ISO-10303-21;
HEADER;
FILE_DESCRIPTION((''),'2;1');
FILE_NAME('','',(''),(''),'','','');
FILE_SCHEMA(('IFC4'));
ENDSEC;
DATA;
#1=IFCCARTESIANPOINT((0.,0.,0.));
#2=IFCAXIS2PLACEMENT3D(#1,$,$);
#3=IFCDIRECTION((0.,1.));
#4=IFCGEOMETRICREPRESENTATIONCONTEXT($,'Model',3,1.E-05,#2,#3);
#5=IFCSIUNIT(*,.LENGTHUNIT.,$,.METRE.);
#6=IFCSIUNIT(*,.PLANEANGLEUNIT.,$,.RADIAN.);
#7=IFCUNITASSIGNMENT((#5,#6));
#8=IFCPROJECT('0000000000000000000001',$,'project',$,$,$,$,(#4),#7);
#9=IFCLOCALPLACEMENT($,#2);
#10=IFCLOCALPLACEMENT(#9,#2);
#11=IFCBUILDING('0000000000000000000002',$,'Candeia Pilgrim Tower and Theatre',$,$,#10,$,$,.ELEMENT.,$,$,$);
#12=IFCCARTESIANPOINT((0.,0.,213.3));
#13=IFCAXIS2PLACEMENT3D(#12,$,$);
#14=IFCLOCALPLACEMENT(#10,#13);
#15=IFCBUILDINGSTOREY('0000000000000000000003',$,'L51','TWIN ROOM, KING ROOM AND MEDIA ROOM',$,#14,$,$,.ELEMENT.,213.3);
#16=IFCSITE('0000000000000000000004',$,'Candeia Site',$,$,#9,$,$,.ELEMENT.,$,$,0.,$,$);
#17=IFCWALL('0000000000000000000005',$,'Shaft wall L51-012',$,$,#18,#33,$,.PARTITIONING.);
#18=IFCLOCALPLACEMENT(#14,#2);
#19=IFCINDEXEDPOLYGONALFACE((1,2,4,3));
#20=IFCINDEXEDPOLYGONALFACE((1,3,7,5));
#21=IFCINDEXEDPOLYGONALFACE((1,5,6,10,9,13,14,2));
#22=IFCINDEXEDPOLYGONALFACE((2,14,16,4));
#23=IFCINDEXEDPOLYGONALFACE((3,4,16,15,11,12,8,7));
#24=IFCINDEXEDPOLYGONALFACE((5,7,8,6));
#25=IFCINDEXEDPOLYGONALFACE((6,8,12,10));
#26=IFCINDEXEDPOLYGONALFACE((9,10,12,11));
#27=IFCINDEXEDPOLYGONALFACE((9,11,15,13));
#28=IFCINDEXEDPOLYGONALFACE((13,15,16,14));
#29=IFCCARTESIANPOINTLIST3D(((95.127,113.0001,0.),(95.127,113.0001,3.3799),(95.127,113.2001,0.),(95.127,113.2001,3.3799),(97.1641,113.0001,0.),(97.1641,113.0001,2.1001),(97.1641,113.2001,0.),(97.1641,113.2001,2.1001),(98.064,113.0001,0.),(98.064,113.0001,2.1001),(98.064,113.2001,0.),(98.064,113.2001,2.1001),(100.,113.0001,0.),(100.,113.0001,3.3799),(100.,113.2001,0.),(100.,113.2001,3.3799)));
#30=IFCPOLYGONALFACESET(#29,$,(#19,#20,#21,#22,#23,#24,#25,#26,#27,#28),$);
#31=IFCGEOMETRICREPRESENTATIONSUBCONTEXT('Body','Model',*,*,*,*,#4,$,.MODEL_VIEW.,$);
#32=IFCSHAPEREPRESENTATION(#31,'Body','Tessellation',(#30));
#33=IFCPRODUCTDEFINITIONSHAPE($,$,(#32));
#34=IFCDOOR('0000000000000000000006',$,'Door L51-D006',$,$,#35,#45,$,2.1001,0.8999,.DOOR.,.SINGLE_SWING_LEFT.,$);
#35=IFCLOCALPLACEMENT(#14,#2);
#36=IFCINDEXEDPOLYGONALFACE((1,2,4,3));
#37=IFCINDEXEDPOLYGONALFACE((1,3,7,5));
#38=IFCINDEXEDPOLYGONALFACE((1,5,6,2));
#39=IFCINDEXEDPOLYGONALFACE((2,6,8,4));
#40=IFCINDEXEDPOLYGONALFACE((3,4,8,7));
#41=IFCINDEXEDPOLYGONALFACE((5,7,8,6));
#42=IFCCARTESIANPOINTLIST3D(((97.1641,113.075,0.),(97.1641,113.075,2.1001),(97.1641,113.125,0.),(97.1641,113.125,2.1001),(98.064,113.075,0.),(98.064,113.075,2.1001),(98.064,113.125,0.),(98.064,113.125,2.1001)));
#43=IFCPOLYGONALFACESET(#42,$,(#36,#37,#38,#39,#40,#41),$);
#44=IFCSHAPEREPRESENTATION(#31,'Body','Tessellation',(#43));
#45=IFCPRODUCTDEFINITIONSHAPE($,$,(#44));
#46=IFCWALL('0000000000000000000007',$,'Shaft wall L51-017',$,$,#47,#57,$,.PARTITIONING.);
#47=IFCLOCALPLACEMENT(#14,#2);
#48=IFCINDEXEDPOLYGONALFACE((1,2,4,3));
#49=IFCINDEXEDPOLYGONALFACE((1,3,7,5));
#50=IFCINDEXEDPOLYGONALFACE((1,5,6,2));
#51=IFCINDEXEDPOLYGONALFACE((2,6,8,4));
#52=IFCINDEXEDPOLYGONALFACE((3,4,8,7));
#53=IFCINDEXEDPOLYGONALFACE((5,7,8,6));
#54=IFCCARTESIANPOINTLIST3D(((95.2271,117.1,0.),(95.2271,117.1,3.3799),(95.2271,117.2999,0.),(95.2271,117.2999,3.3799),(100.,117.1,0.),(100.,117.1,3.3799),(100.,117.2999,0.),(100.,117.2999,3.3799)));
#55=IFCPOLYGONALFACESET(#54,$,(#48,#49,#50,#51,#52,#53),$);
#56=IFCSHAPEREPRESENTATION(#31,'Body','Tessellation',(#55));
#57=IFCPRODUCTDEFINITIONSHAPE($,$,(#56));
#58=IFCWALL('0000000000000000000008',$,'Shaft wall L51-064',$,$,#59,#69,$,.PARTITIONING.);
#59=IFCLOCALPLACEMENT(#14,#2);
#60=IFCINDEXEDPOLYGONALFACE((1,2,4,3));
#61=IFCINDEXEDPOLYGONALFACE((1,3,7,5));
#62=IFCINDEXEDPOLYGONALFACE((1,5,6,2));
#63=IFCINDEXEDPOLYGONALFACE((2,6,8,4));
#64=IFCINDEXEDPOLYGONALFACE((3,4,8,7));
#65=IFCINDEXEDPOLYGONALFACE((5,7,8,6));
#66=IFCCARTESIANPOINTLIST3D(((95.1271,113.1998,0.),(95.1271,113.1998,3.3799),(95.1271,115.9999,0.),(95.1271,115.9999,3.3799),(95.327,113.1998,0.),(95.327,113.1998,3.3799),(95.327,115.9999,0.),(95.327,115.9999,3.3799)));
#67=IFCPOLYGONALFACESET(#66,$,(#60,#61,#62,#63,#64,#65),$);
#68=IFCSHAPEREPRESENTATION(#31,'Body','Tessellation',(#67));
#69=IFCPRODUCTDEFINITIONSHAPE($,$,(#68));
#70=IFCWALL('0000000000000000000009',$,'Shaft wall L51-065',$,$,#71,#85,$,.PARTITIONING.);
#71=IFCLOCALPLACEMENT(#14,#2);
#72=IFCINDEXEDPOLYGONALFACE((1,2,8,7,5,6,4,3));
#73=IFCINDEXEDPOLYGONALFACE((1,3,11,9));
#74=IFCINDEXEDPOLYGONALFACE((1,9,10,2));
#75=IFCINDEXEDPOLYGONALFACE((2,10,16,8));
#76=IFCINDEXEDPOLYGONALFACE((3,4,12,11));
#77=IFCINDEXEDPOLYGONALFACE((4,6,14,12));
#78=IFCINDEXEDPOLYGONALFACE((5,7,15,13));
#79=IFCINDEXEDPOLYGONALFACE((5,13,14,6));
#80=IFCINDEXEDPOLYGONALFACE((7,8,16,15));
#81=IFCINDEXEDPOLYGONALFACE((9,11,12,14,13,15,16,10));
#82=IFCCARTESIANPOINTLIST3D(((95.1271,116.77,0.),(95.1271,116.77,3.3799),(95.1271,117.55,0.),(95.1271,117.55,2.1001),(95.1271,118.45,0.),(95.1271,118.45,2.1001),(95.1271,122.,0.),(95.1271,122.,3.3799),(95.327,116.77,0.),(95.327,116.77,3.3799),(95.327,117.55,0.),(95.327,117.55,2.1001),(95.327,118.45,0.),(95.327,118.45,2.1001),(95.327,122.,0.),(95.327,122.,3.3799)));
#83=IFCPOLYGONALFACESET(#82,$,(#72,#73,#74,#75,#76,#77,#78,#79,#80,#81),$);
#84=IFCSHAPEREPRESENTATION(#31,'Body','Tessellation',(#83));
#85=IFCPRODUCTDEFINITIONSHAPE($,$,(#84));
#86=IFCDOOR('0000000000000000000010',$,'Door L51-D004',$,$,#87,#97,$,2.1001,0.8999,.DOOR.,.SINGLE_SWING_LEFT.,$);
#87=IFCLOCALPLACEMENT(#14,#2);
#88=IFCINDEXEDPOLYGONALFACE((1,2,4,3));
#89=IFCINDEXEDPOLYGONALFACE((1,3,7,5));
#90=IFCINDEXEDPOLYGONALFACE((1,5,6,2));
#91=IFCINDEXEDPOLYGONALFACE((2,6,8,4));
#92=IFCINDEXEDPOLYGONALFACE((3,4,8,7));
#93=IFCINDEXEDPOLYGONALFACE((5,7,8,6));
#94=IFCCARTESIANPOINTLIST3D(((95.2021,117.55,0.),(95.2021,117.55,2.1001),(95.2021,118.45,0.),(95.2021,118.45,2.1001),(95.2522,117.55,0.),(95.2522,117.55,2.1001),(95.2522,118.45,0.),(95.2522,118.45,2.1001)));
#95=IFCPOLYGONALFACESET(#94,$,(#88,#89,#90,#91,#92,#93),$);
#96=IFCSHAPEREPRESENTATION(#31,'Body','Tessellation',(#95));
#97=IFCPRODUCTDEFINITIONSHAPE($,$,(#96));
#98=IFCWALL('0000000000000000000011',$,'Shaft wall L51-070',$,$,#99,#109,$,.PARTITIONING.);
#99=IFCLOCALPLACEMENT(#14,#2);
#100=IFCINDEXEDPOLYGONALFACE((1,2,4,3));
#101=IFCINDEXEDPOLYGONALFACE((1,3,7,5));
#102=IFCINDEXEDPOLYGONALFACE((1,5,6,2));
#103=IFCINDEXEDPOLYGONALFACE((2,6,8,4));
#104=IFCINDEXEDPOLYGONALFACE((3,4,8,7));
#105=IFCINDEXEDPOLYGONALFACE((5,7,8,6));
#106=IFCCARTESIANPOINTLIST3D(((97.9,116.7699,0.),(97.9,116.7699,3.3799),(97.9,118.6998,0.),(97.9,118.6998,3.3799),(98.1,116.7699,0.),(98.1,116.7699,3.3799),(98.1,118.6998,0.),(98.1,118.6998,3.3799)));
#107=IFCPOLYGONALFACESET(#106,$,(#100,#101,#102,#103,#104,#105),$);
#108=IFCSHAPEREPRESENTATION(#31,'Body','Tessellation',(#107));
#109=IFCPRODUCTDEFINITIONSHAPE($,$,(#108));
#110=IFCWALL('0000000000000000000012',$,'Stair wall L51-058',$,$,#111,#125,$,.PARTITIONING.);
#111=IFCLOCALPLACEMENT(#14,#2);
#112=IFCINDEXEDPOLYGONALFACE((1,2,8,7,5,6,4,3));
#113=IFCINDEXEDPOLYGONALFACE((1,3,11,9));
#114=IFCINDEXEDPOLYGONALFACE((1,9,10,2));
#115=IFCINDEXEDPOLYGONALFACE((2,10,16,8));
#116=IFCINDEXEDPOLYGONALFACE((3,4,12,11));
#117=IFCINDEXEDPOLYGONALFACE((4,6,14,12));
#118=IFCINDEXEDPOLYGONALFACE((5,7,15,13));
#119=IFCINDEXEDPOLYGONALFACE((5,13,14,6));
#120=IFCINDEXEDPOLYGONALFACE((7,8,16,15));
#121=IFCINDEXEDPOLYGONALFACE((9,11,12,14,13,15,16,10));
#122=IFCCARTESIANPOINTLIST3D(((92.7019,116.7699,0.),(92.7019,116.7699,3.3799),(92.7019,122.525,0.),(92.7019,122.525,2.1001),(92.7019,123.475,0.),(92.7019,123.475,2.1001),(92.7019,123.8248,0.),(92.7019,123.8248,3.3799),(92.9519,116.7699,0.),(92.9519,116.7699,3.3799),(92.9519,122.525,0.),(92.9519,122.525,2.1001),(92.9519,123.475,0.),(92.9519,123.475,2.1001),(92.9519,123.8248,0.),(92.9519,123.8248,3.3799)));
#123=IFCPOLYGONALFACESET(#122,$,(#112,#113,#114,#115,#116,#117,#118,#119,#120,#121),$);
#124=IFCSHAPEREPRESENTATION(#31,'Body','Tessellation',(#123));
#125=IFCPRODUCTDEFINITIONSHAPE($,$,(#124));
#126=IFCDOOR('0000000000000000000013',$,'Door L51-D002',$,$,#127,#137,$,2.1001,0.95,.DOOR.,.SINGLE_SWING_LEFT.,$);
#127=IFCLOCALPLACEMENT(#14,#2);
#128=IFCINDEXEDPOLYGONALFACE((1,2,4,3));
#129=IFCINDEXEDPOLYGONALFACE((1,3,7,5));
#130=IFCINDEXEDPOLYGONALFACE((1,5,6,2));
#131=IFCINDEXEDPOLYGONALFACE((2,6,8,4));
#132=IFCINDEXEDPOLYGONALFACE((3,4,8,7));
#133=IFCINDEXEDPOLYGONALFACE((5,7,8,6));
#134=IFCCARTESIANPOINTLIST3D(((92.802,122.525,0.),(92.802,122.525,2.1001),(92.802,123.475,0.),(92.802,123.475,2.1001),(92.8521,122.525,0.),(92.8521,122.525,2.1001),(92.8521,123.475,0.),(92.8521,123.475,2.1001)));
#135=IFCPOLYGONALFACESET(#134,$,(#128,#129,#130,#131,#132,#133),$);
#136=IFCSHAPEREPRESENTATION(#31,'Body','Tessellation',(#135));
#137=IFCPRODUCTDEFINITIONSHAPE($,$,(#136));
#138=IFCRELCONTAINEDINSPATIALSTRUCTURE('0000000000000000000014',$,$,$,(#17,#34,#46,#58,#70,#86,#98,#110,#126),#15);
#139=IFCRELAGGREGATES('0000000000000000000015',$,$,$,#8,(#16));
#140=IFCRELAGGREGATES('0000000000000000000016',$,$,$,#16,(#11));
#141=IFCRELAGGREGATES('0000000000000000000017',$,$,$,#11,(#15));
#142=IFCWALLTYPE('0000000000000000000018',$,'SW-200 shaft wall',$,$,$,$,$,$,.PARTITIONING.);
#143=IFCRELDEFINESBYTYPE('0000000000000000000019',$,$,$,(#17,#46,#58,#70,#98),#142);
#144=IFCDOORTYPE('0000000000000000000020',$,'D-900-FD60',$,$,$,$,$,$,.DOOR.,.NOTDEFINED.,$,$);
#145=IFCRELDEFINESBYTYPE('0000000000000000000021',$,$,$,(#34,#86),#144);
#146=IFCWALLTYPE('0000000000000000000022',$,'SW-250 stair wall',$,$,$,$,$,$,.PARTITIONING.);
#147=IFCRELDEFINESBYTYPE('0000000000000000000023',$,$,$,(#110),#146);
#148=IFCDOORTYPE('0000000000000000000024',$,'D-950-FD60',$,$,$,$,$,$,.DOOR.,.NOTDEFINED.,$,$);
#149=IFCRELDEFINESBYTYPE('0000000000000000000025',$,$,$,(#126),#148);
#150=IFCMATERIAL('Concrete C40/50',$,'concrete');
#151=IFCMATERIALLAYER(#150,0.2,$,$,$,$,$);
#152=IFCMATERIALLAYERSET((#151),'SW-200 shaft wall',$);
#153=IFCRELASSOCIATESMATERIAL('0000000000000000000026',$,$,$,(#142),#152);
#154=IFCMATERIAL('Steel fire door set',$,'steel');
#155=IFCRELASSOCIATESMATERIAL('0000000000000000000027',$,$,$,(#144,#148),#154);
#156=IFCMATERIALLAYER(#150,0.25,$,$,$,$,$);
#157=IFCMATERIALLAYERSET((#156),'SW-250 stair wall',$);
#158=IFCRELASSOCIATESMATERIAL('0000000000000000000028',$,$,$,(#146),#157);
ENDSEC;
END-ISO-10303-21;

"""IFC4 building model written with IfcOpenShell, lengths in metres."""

from ifc_helpers import new_model, si_unit, direction, frame, frame_2d, origin, place, context, subcontext, project, spatial, rectangle, extrude, material, layer, layer_set, type_object, element, fill, save


model = new_model("IFC4")

# Units and contexts
model_context = context("Model", 3, precision=1e-05, world=origin(), true_north=direction((0.0, 1.0)))
body_context = subcontext(model_context, "Body", "Model", "MODEL_VIEW")
ifc_project = project(units=[si_unit("LENGTHUNIT", "METRE"), si_unit("PLANEANGLEUNIT", "RADIAN")], contexts=[model_context])

# Site, building, storey
site_placement = place(None, origin())
site = spatial("IfcSite", under=ifc_project, at=site_placement, Name="Candeia Site", CompositionType="ELEMENT", RefElevation=0.0)
building_placement = place(site_placement, origin())
building = spatial("IfcBuilding", under=site, at=building_placement, Name="Candeia Pilgrim Tower and Theatre", CompositionType="ELEMENT")
storey_placement = place(building_placement, frame((0.0, 0.0, 213.3)))
storey = spatial("IfcBuildingStorey", under=building, at=storey_placement, Name="L51", Description="TWIN ROOM, KING ROOM AND MEDIA ROOM", CompositionType="ELEMENT", Elevation=213.3)

# Shared definitions
ifc_material_1 = material(Name="Steel fire door set", Category="steel")

# Wall, opening, door
ifc_material_2 = material(Name="Concrete C40/50", Category="concrete")
ifc_layer_1 = layer(ifc_material_2, 0.2)
ifc_layer_set_1 = layer_set([ifc_layer_1], Name="SW-200 shaft wall")
wall_type_1 = type_object("IfcWallType", Name="SW-200 shaft wall", PredefinedType="PARTITIONING", material=ifc_layer_set_1)
wall_1_placement = place(storey_placement, frame((95.127, 113.1001, 0.0), z_axis=(0.0, 0.0, 1.0), x_axis=(1.0, 0.0, 0.0)))
wall_1 = element("IfcWall", 1, at=wall_1_placement, inside=storey, type_object=wall_type_1, Name="Shaft wall L51-012", PredefinedType="PARTITIONING", context=body_context, shape_type="SweptSolid", body=[
    extrude(rectangle(XDim=4.873, YDim=0.2, at=frame_2d((2.4365, 0.0))), origin(), (0.0, 0.0, 1.0), 3.3799),
])
opening_1_placement = place(wall_1_placement, frame((2.0371, 0.0, 0.0)))
opening_1 = element("IfcOpeningElement", 2, at=opening_1_placement, cuts=wall_1, PredefinedType="OPENING", context=body_context, shape_type="SweptSolid", body=[
    extrude(rectangle(XDim=0.8999, YDim=2.1001, at=frame_2d((0.45, 1.05))), frame((0.0, 0.1099, 0.0), z_axis=(0.0, -1.0, 0.0), x_axis=(1.0, 0.0, 0.0)), (0.0, 0.0, 1.0), 0.22),
])
door_type_1 = type_object("IfcDoorType", Name="D-900-FD60", OperationType="NOTDEFINED", PredefinedType="DOOR", material=ifc_material_1)
door_1_placement = place(opening_1_placement, origin())
door_1 = element("IfcDoor", 3, at=door_1_placement, inside=storey, type_object=door_type_1, Name="Door L51-D006", OperationType="SINGLE_SWING_LEFT", OverallHeight=2.1001, OverallWidth=0.8999, PredefinedType="DOOR", context=body_context, shape_type="SweptSolid", body=[
    extrude(rectangle(XDim=0.8999, YDim=2.1001, at=frame_2d((0.45, 1.05))), frame((0.0, 0.0249, 0.0), z_axis=(0.0, -1.0, 0.0), x_axis=(1.0, 0.0, 0.0)), (0.0, 0.0, 1.0), 0.05),
])
fill(opening_1, door_1)

# Walls
wall_2_placement = place(storey_placement, frame((95.2271, 117.2, 0.0), z_axis=(0.0, 0.0, 1.0), x_axis=(1.0, 0.0, 0.0)))
element("IfcWall", 4, at=wall_2_placement, inside=storey, type_object=wall_type_1, Name="Shaft wall L51-017", PredefinedType="PARTITIONING", context=body_context, shape_type="SweptSolid", body=[
    extrude(rectangle(XDim=4.7729, YDim=0.2, at=frame_2d((2.3865, 0.0))), origin(), (0.0, 0.0, 1.0), 3.3799),
])
wall_3_placement = place(storey_placement, frame((95.2271, 113.2, 0.0), z_axis=(0.0, 0.0, 1.0), x_axis=(0.0, 1.0, 0.0)))
element("IfcWall", 5, at=wall_3_placement, inside=storey, type_object=wall_type_1, Name="Shaft wall L51-064", PredefinedType="PARTITIONING", context=body_context, shape_type="SweptSolid", body=[
    extrude(rectangle(XDim=2.8, YDim=0.2, at=frame_2d((1.3999, 0.0))), origin(), (0.0, 0.0, 1.0), 3.3799),
])

# Wall, opening, door
wall_4_placement = place(storey_placement, frame((95.2271, 116.77, 0.0), z_axis=(0.0, 0.0, 1.0), x_axis=(0.0, 1.0, 0.0)))
wall_4 = element("IfcWall", 6, at=wall_4_placement, inside=storey, type_object=wall_type_1, Name="Shaft wall L51-065", PredefinedType="PARTITIONING", context=body_context, shape_type="SweptSolid", body=[
    extrude(rectangle(XDim=5.23, YDim=0.2, at=frame_2d((2.615, 0.0))), origin(), (0.0, 0.0, 1.0), 3.3799),
])
opening_2_placement = place(wall_4_placement, frame((0.78, 0.0, 0.0)))
opening_2 = element("IfcOpeningElement", 7, at=opening_2_placement, cuts=wall_4, PredefinedType="OPENING", context=body_context, shape_type="SweptSolid", body=[
    extrude(rectangle(XDim=0.8999, YDim=2.1001, at=frame_2d((0.45, 1.05))), frame((0.0, 0.1099, 0.0), z_axis=(0.0, -1.0, 0.0), x_axis=(1.0, 0.0, 0.0)), (0.0, 0.0, 1.0), 0.22),
])
door_2_placement = place(opening_2_placement, origin())
door_2 = element("IfcDoor", 8, at=door_2_placement, inside=storey, type_object=door_type_1, Name="Door L51-D004", OperationType="SINGLE_SWING_LEFT", OverallHeight=2.1001, OverallWidth=0.8999, PredefinedType="DOOR", context=body_context, shape_type="SweptSolid", body=[
    extrude(rectangle(XDim=0.8999, YDim=2.1001, at=frame_2d((0.45, 1.05))), frame((0.0, 0.0249, 0.0), z_axis=(0.0, -1.0, 0.0), x_axis=(1.0, 0.0, 0.0)), (0.0, 0.0, 1.0), 0.05),
])
fill(opening_2, door_2)

# Wall
wall_5_placement = place(storey_placement, frame((98.0, 116.77, 0.0), z_axis=(0.0, 0.0, 1.0), x_axis=(0.0, 1.0, 0.0)))
element("IfcWall", 9, at=wall_5_placement, inside=storey, type_object=wall_type_1, Name="Shaft wall L51-070", PredefinedType="PARTITIONING", context=body_context, shape_type="SweptSolid", body=[
    extrude(rectangle(XDim=1.9299, YDim=0.2, at=frame_2d((0.9648, 0.0))), origin(), (0.0, 0.0, 1.0), 3.3799),
])

# Wall, opening, door
ifc_layer_2 = layer(ifc_material_2, 0.25)
ifc_layer_set_2 = layer_set([ifc_layer_2], Name="SW-250 stair wall")
wall_type_2 = type_object("IfcWallType", Name="SW-250 stair wall", PredefinedType="PARTITIONING", material=ifc_layer_set_2)
wall_6_placement = place(storey_placement, frame((92.8269, 116.77, 0.0), z_axis=(0.0, 0.0, 1.0), x_axis=(0.0, 1.0, 0.0)))
wall_6 = element("IfcWall", 10, at=wall_6_placement, inside=storey, type_object=wall_type_2, Name="Stair wall L51-058", PredefinedType="PARTITIONING", context=body_context, shape_type="SweptSolid", body=[
    extrude(rectangle(XDim=7.0549, YDim=0.25, at=frame_2d((3.5273, 0.0))), origin(), (0.0, 0.0, 1.0), 3.3799),
])
opening_3_placement = place(wall_6_placement, frame((5.7549, 0.0, 0.0)))
opening_3 = element("IfcOpeningElement", 11, at=opening_3_placement, cuts=wall_6, PredefinedType="OPENING", context=body_context, shape_type="SweptSolid", body=[
    extrude(rectangle(XDim=0.95, YDim=2.1001, at=frame_2d((0.4751, 1.05))), frame((0.0, 0.135, 0.0), z_axis=(0.0, -1.0, 0.0), x_axis=(1.0, 0.0, 0.0)), (0.0, 0.0, 1.0), 0.27),
])
door_type_2 = type_object("IfcDoorType", Name="D-950-FD60", OperationType="NOTDEFINED", PredefinedType="DOOR", material=ifc_material_1)
door_3_placement = place(opening_3_placement, origin())
door_3 = element("IfcDoor", 12, at=door_3_placement, inside=storey, type_object=door_type_2, Name="Door L51-D002", OperationType="SINGLE_SWING_LEFT", OverallHeight=2.1001, OverallWidth=0.95, PredefinedType="DOOR", context=body_context, shape_type="SweptSolid", body=[
    extrude(rectangle(XDim=0.95, YDim=2.1001, at=frame_2d((0.4751, 1.05))), frame((0.0, 0.0249, 0.0), z_axis=(0.0, -1.0, 0.0), x_axis=(1.0, 0.0, 0.0)), (0.0, 0.0, 1.0), 0.05),
])
fill(opening_3, door_3)

save(model, "model.ifc")
